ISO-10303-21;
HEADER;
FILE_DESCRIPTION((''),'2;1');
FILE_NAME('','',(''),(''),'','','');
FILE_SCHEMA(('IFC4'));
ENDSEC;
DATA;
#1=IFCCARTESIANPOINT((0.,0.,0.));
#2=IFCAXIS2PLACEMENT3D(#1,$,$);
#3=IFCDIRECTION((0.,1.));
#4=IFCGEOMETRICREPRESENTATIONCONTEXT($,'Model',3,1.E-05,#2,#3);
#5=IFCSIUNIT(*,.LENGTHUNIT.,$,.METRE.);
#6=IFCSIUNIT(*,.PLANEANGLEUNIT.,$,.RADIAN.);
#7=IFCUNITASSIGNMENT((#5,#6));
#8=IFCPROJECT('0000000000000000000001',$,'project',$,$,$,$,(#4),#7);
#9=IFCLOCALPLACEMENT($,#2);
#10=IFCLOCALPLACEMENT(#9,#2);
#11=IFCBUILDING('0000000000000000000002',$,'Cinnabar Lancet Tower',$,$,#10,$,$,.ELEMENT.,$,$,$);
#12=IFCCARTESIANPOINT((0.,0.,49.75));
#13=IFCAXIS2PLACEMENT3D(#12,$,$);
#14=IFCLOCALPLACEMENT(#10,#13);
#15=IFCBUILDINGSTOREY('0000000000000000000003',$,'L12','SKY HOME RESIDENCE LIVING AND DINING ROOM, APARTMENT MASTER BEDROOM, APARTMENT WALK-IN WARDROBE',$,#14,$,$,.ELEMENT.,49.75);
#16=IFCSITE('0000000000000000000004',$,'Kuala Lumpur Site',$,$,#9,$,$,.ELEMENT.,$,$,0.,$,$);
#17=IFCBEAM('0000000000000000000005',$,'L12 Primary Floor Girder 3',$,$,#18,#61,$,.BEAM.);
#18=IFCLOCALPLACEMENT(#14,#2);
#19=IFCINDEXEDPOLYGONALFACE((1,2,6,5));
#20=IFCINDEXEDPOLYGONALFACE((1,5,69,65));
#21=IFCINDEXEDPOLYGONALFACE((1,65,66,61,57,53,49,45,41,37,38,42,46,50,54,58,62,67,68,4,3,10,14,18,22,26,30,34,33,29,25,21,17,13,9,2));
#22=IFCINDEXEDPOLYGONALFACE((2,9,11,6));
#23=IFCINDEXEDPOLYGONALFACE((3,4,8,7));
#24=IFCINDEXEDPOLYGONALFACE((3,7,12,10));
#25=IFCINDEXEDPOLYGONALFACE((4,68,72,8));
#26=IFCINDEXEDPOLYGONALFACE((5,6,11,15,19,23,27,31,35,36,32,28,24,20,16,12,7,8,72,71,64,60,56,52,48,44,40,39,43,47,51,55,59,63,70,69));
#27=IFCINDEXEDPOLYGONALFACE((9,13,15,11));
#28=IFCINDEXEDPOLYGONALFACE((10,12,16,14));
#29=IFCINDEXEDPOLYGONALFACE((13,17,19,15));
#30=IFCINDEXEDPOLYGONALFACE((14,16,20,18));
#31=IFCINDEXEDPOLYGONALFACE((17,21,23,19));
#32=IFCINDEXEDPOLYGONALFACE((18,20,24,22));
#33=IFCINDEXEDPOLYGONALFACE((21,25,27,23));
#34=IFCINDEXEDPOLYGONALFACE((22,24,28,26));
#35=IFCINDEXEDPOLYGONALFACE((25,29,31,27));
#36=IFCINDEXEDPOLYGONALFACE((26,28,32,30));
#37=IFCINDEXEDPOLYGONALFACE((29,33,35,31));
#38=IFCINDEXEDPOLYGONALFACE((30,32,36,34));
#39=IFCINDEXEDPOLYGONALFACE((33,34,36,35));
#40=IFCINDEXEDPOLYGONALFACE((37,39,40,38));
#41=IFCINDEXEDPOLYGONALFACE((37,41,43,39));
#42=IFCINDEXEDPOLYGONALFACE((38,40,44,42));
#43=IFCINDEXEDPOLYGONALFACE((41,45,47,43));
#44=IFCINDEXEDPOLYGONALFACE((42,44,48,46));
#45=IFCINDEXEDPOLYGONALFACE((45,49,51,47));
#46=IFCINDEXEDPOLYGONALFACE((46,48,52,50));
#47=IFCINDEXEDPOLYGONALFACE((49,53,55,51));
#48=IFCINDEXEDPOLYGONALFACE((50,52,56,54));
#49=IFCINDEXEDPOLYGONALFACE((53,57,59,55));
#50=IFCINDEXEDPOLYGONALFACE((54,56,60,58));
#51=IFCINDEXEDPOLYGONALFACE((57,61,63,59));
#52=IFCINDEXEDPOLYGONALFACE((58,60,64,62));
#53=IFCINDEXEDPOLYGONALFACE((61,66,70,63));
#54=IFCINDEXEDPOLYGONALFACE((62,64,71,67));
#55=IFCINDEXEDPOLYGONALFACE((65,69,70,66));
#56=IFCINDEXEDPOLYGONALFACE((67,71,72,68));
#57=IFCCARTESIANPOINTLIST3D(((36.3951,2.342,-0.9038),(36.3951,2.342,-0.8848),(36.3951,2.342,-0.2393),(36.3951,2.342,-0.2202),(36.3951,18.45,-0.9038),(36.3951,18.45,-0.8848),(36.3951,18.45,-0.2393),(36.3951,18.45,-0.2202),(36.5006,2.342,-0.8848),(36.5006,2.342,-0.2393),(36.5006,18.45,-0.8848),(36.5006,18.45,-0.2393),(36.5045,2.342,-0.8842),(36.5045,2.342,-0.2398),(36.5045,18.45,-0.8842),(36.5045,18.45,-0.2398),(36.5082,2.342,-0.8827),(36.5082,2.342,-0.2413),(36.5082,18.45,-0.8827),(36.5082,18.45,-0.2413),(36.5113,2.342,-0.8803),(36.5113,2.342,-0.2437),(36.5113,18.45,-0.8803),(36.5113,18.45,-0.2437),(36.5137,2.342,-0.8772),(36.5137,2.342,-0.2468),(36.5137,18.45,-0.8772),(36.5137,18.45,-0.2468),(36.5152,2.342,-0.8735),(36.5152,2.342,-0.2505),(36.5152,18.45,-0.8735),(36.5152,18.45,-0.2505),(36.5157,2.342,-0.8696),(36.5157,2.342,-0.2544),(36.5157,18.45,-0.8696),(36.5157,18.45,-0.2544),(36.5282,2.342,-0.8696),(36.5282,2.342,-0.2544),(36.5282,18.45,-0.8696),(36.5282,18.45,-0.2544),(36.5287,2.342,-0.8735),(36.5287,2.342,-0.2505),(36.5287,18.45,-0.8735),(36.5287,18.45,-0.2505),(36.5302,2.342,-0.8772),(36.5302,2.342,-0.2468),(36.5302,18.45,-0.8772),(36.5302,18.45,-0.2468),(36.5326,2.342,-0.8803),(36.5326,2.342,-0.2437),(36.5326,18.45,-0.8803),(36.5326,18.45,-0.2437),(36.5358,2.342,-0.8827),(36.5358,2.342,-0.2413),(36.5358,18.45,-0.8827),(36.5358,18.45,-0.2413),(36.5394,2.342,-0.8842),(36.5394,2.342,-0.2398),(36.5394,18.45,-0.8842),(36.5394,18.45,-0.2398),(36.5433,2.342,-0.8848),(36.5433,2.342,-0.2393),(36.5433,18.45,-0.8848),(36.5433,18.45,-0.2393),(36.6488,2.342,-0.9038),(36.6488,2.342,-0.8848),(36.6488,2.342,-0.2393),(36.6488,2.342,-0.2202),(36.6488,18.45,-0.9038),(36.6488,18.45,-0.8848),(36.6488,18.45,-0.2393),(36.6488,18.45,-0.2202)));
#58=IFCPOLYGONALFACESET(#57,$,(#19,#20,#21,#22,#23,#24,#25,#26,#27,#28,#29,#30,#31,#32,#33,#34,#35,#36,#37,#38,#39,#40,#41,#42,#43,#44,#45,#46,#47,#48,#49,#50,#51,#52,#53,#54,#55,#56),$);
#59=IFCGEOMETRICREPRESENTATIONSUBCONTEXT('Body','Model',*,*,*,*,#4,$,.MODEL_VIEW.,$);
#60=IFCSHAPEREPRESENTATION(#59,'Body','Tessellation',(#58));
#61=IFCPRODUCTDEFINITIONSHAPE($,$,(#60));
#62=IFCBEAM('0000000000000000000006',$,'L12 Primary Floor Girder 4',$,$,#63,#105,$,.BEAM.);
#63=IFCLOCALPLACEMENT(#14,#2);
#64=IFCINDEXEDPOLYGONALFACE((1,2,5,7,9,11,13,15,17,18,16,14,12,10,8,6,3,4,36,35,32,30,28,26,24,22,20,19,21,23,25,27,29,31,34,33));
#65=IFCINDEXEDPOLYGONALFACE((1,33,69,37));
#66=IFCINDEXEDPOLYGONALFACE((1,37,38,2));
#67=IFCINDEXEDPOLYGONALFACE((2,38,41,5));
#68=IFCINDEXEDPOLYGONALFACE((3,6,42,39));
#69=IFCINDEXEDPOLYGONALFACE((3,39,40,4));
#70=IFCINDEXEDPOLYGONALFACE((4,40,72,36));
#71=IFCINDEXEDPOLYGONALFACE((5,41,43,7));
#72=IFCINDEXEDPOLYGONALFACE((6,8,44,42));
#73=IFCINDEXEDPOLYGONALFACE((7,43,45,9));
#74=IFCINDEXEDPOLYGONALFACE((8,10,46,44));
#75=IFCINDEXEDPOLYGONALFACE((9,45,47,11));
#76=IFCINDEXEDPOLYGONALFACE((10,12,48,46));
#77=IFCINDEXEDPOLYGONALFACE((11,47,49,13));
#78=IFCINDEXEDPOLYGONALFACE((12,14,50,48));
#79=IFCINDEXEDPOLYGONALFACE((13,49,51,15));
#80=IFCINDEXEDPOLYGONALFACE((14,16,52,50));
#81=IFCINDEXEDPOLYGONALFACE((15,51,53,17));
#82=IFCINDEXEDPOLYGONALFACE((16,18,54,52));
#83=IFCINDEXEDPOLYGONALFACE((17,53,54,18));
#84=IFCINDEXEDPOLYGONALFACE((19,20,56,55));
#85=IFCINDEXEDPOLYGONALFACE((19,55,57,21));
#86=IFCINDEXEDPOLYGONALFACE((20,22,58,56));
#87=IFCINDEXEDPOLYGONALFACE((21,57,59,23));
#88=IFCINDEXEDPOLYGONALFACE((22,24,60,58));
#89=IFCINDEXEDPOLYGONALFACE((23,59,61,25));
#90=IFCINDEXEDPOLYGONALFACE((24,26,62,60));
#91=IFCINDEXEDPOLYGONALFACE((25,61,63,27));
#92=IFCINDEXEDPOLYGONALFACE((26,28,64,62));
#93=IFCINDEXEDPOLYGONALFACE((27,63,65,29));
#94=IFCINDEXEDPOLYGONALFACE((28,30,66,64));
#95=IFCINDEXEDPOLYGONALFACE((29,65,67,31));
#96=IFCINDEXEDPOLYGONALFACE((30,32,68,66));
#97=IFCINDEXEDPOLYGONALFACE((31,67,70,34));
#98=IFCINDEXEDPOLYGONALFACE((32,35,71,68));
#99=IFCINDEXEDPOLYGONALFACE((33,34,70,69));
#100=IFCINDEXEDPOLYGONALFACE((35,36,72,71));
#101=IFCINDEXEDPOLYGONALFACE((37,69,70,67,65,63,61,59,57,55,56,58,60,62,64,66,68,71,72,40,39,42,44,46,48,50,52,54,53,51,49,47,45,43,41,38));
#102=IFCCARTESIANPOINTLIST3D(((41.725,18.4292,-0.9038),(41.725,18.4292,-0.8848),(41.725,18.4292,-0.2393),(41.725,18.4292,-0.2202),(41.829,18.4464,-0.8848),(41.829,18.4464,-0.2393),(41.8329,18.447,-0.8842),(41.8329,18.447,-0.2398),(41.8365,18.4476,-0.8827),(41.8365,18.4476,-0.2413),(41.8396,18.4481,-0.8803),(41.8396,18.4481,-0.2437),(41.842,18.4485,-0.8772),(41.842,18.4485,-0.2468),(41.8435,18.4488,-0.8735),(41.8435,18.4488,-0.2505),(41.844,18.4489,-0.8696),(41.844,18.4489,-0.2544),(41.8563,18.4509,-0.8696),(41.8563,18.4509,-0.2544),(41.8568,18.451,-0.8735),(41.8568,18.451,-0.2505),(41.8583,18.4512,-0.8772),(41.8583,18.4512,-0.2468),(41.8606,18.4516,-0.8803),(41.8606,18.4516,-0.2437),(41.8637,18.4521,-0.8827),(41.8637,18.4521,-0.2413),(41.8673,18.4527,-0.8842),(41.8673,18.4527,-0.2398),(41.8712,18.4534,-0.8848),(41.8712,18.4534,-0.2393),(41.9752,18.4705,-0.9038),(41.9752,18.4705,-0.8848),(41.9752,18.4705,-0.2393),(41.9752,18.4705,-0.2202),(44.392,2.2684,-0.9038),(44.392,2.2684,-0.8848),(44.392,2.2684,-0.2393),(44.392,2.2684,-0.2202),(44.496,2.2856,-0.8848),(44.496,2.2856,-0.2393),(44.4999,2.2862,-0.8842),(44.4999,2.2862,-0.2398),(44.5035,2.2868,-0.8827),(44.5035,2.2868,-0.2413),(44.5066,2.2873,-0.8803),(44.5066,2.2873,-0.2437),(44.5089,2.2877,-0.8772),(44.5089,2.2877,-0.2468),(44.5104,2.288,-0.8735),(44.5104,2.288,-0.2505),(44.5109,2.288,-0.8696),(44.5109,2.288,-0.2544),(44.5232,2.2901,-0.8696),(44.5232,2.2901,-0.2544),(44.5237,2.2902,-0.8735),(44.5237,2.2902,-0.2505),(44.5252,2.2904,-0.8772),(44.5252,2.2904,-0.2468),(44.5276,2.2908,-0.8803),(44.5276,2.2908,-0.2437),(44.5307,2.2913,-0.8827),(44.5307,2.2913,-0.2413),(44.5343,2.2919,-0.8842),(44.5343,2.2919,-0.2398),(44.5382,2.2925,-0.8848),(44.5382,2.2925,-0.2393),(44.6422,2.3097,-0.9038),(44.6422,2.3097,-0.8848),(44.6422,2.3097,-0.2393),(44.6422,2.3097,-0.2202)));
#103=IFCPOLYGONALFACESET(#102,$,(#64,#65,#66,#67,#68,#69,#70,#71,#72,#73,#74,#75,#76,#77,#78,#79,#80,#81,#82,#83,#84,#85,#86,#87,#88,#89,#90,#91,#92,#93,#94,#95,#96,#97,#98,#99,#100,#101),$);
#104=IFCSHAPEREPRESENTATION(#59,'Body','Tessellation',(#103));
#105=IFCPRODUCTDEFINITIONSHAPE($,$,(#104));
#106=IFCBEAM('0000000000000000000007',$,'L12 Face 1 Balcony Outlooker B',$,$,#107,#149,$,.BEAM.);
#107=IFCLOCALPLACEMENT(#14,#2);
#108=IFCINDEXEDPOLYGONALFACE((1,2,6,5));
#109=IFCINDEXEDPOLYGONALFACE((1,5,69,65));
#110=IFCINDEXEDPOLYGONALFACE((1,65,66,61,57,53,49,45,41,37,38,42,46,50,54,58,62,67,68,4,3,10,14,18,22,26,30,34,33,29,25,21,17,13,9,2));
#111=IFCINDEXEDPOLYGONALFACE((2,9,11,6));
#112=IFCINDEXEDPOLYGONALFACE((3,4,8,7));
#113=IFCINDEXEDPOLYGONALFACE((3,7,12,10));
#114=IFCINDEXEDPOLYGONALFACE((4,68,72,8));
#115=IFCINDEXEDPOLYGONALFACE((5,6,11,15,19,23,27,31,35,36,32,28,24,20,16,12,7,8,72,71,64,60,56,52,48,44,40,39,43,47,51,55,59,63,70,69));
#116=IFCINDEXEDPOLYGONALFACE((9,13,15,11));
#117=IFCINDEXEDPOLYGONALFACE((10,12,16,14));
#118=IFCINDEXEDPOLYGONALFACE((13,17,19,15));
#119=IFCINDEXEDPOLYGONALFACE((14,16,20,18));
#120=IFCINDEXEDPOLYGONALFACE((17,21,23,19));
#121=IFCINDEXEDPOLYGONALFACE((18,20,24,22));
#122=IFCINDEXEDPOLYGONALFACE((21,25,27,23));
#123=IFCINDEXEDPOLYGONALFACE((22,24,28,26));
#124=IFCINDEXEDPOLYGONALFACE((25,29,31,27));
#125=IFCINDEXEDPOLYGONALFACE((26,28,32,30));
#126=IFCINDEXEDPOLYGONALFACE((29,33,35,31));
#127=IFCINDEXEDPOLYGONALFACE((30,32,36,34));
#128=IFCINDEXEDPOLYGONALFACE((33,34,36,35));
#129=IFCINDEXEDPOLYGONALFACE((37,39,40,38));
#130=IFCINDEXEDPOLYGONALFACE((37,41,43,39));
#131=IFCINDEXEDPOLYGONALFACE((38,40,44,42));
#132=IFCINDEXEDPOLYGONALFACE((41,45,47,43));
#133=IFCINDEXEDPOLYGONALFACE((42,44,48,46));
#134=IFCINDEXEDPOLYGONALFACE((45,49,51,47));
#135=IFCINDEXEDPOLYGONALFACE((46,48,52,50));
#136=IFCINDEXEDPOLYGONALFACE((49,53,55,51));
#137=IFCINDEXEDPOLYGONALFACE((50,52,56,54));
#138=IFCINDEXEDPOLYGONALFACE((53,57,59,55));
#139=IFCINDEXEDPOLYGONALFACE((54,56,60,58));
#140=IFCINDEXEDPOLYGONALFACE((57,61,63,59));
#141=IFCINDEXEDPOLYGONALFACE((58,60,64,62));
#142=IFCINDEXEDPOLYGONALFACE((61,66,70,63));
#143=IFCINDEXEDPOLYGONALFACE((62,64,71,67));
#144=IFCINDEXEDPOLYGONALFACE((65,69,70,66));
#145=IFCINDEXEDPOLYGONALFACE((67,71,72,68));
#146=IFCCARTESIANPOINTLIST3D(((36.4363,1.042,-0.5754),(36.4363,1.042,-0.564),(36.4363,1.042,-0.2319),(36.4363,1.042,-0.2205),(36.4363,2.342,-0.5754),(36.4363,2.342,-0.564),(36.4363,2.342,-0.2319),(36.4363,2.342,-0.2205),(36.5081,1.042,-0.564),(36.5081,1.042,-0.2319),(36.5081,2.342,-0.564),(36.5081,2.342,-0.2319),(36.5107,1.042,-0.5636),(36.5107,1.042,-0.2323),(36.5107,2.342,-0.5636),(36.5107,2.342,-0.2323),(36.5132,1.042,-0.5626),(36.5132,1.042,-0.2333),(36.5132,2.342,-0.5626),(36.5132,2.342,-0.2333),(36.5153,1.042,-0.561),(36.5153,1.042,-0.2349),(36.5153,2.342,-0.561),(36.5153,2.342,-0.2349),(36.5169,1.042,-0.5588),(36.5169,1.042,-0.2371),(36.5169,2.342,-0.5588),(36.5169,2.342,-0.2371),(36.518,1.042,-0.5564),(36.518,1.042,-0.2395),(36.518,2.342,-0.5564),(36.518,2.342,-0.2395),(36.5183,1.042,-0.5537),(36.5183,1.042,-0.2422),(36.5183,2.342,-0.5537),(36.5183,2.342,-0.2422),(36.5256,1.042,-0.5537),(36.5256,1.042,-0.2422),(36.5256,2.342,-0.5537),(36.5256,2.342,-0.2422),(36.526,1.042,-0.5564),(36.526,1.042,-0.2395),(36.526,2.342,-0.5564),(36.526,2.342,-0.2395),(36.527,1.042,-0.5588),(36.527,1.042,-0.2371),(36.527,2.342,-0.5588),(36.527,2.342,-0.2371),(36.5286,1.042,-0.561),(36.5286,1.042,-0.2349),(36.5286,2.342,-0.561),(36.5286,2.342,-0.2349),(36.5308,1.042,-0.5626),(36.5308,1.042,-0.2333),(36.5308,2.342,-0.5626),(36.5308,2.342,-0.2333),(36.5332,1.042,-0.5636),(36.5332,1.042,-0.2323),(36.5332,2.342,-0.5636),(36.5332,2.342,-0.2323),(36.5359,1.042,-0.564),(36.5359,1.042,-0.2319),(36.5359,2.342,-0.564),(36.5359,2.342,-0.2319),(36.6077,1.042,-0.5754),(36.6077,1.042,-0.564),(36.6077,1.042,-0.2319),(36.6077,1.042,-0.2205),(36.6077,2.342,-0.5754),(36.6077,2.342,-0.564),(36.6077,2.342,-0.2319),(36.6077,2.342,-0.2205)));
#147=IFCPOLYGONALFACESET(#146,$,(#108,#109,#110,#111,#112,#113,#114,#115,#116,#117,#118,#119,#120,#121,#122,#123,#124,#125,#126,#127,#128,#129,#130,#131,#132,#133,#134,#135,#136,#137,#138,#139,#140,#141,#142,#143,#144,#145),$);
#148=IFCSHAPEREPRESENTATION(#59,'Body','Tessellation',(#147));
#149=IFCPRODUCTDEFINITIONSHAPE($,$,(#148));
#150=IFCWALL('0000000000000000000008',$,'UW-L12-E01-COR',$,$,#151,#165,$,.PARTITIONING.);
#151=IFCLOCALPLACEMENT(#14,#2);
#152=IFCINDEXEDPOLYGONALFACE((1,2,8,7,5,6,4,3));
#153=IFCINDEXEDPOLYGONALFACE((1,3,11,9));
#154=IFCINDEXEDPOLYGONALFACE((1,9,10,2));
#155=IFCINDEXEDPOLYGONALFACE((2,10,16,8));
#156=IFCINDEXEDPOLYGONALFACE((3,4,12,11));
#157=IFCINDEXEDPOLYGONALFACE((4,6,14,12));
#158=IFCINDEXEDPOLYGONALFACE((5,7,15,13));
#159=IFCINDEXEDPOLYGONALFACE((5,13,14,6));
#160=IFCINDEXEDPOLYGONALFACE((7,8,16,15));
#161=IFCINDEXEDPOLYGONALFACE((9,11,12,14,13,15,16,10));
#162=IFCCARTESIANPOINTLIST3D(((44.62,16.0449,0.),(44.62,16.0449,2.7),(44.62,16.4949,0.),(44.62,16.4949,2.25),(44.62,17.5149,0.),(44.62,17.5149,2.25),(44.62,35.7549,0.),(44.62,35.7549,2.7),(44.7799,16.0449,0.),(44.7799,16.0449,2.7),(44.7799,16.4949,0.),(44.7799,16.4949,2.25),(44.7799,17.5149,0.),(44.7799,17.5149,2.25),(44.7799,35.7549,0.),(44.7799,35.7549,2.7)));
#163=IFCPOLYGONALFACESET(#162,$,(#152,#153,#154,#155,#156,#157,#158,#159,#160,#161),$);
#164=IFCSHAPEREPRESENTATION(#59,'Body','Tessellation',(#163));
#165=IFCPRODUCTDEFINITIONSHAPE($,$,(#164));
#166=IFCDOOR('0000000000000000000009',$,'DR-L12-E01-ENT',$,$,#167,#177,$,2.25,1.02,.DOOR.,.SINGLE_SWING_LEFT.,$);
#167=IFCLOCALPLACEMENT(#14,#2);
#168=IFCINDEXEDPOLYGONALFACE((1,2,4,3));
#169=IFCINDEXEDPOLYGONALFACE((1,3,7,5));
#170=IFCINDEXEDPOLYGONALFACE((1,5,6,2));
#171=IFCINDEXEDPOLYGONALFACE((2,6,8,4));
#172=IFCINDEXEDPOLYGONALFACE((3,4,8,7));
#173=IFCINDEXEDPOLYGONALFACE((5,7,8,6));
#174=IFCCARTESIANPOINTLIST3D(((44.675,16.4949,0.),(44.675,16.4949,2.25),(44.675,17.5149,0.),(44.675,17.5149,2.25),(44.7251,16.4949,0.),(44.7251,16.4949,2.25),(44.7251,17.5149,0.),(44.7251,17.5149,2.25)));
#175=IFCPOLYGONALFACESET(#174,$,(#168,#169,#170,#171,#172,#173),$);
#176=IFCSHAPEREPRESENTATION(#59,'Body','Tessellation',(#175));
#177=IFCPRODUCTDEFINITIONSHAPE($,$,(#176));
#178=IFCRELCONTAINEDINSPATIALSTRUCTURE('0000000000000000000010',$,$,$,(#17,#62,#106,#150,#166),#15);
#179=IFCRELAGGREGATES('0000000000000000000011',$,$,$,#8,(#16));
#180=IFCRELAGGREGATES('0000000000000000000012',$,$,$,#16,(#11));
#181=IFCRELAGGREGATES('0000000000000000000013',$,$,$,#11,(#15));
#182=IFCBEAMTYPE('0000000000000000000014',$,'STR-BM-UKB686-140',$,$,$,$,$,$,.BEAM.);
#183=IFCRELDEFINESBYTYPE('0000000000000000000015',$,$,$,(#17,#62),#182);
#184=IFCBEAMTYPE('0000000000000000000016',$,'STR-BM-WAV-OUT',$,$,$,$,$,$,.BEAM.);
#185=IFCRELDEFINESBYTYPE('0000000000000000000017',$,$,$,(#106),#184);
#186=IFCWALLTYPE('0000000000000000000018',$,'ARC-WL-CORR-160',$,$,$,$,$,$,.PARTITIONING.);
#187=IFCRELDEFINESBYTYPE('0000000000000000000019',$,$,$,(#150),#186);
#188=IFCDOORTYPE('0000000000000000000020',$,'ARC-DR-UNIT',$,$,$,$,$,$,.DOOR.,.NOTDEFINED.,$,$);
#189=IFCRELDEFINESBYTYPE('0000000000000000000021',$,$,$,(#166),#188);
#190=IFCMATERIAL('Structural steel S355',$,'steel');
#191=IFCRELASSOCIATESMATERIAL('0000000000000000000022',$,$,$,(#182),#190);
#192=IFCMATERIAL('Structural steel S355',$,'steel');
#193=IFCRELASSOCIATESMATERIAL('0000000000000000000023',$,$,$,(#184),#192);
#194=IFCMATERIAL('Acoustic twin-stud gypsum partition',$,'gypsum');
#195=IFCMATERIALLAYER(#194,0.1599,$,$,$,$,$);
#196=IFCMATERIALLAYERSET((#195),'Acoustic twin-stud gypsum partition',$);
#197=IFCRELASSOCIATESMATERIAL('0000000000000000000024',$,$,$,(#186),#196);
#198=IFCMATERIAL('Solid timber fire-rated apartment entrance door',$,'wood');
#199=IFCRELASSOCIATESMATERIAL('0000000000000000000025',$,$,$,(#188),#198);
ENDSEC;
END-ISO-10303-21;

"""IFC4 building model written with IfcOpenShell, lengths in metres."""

from ifc_helpers import new_model, si_unit, direction, frame, frame_2d, origin, origin_2d, place, context, subcontext, project, spatial, rectangle, i_section, extrude, material, layer, layer_set, material_profile, profile_set, type_object, element, fill, save


model = new_model("IFC4")

# Units and contexts
model_context = context("Model", 3, precision=1e-05, world=origin(), true_north=direction((0.0, 1.0)))
body_context = subcontext(model_context, "Body", "Model", "MODEL_VIEW")
ifc_project = project(units=[si_unit("LENGTHUNIT", "METRE"), si_unit("PLANEANGLEUNIT", "RADIAN")], contexts=[model_context])

# Site, building, storey
site_placement = place(None, origin())
site = spatial("IfcSite", under=ifc_project, at=site_placement, Name="Kuala Lumpur Site", CompositionType="ELEMENT", RefElevation=0.0)
building_placement = place(site_placement, origin())
building = spatial("IfcBuilding", under=site, at=building_placement, Name="Cinnabar Lancet Tower", CompositionType="ELEMENT")
storey_placement = place(building_placement, frame((0.0, 0.0, 49.75)))
storey = spatial("IfcBuildingStorey", under=building, at=storey_placement, Name="L12", Description="SKY HOME RESIDENCE LIVING AND DINING ROOM, APARTMENT MASTER BEDROOM, APARTMENT WALK-IN WARDROBE", CompositionType="ELEMENT", Elevation=49.75)

# Beams
ifc_material_1 = material(Name="Structural steel S355", Category="steel")
ifc_material_profile_1 = material_profile(ifc_material_1, i_section(OverallWidth=0.2537, OverallDepth=0.6836, WebThickness=0.0125, FlangeThickness=0.019, FilletRadius=0.0151, at=origin_2d()), Name="UKB 686x254x140")
ifc_profile_set_1 = profile_set([ifc_material_profile_1], Name="Structural steel S355")
beam_type_1 = type_object("IfcBeamType", Name="STR-BM-UKB686-140", PredefinedType="BEAM", material=ifc_profile_set_1)
beam_1_placement = place(storey_placement, frame((36.522, 2.342, -0.562), z_axis=(0.0, 1.0, 0.0), x_axis=(-1.0, 0.0, 0.0)))
element("IfcBeam", 1, at=beam_1_placement, inside=storey, type_object=beam_type_1, Name="L12 Primary Floor Girder 3", PredefinedType="BEAM", context=body_context, shape_type="SweptSolid", body=[
    extrude(i_section(OverallWidth=0.2537, OverallDepth=0.6836, WebThickness=0.0125, FlangeThickness=0.019, FilletRadius=0.0151, at=origin_2d()), origin(), (0.0, 0.0, 1.0), 16.1079),
])
beam_2_placement = place(storey_placement, frame((44.5171, 2.2891, -0.562), z_axis=(-0.162825, 0.986655, 0.0), x_axis=(-0.986655, -0.162825, 0.0)))
element("IfcBeam", 2, at=beam_2_placement, inside=storey, type_object=beam_type_1, Name="L12 Primary Floor Girder 4", PredefinedType="BEAM", context=body_context, shape_type="SweptSolid", body=[
    extrude(i_section(OverallWidth=0.2537, OverallDepth=0.6836, WebThickness=0.0125, FlangeThickness=0.019, FilletRadius=0.0151, at=origin_2d()), origin(), (0.0, 0.0, 1.0), 16.3794),
])
ifc_material_2 = material(Name="Structural steel S355", Category="steel")
ifc_material_profile_2 = material_profile(ifc_material_2, i_section(OverallWidth=0.1714, OverallDepth=0.355, WebThickness=0.0073, FlangeThickness=0.0115, FilletRadius=0.0103, at=origin_2d()), Name="UKB 356x171x51")
ifc_profile_set_2 = profile_set([ifc_material_profile_2], Name="Structural steel S355")
beam_type_2 = type_object("IfcBeamType", Name="STR-BM-WAV-OUT", PredefinedType="BEAM", material=ifc_profile_set_2)
beam_3_placement = place(storey_placement, frame((36.522, 2.342, -0.3979), z_axis=(0.0, -1.0, 0.0), x_axis=(1.0, 0.0, 0.0)))
element("IfcBeam", 3, at=beam_3_placement, inside=storey, type_object=beam_type_2, Name="L12 Face 1 Balcony Outlooker B", PredefinedType="BEAM", context=body_context, shape_type="SweptSolid", body=[
    extrude(i_section(OverallWidth=0.1714, OverallDepth=0.355, WebThickness=0.0073, FlangeThickness=0.0115, FilletRadius=0.0103, at=origin_2d()), origin(), (0.0, 0.0, 1.0), 1.3),
])

# Wall, opening, door
ifc_material_3 = material(Name="Acoustic twin-stud gypsum partition", Category="gypsum")
ifc_layer_1 = layer(ifc_material_3, 0.1599)
ifc_layer_set_1 = layer_set([ifc_layer_1], Name="Acoustic twin-stud gypsum partition")
wall_type_1 = type_object("IfcWallType", Name="ARC-WL-CORR-160", PredefinedType="PARTITIONING", material=ifc_layer_set_1)
wall_1_placement = place(storey_placement, frame((44.7, 16.0449, 0.0), z_axis=(0.0, 0.0, 1.0), x_axis=(0.0, 1.0, 0.0)))
wall_1 = element("IfcWall", 4, at=wall_1_placement, inside=storey, type_object=wall_type_1, Name="UW-L12-E01-COR", PredefinedType="PARTITIONING", context=body_context, shape_type="SweptSolid", body=[
    extrude(rectangle(XDim=19.71, YDim=0.1599, at=frame_2d((9.855, 0.0))), origin(), (0.0, 0.0, 1.0), 2.7),
])
opening_1_placement = place(wall_1_placement, frame((0.45, 0.0, 0.0)))
opening_1 = element("IfcOpeningElement", 5, at=opening_1_placement, cuts=wall_1, PredefinedType="OPENING", context=body_context, shape_type="SweptSolid", body=[
    extrude(rectangle(XDim=1.02, YDim=2.25, at=frame_2d((0.51, 1.125))), frame((0.0, 0.0898, 0.0), z_axis=(0.0, -1.0, 0.0), x_axis=(1.0, 0.0, 0.0)), (0.0, 0.0, 1.0), 0.1799),
])
ifc_material_4 = material(Name="Solid timber fire-rated apartment entrance door", Category="wood")
door_type = type_object("IfcDoorType", Name="ARC-DR-UNIT", OperationType="NOTDEFINED", PredefinedType="DOOR", material=ifc_material_4)
door_placement = place(opening_1_placement, origin())
door = element("IfcDoor", 6, at=door_placement, inside=storey, type_object=door_type, Name="DR-L12-E01-ENT", OperationType="SINGLE_SWING_LEFT", OverallHeight=2.25, OverallWidth=1.02, PredefinedType="DOOR", context=body_context, shape_type="SweptSolid", body=[
    extrude(rectangle(XDim=1.02, YDim=2.25, at=frame_2d((0.51, 1.125))), frame((0.0, 0.0249, 0.0), z_axis=(0.0, -1.0, 0.0), x_axis=(1.0, 0.0, 0.0)), (0.0, 0.0, 1.0), 0.05),
])
fill(opening_1, door)

save(model, "model.ifc")
